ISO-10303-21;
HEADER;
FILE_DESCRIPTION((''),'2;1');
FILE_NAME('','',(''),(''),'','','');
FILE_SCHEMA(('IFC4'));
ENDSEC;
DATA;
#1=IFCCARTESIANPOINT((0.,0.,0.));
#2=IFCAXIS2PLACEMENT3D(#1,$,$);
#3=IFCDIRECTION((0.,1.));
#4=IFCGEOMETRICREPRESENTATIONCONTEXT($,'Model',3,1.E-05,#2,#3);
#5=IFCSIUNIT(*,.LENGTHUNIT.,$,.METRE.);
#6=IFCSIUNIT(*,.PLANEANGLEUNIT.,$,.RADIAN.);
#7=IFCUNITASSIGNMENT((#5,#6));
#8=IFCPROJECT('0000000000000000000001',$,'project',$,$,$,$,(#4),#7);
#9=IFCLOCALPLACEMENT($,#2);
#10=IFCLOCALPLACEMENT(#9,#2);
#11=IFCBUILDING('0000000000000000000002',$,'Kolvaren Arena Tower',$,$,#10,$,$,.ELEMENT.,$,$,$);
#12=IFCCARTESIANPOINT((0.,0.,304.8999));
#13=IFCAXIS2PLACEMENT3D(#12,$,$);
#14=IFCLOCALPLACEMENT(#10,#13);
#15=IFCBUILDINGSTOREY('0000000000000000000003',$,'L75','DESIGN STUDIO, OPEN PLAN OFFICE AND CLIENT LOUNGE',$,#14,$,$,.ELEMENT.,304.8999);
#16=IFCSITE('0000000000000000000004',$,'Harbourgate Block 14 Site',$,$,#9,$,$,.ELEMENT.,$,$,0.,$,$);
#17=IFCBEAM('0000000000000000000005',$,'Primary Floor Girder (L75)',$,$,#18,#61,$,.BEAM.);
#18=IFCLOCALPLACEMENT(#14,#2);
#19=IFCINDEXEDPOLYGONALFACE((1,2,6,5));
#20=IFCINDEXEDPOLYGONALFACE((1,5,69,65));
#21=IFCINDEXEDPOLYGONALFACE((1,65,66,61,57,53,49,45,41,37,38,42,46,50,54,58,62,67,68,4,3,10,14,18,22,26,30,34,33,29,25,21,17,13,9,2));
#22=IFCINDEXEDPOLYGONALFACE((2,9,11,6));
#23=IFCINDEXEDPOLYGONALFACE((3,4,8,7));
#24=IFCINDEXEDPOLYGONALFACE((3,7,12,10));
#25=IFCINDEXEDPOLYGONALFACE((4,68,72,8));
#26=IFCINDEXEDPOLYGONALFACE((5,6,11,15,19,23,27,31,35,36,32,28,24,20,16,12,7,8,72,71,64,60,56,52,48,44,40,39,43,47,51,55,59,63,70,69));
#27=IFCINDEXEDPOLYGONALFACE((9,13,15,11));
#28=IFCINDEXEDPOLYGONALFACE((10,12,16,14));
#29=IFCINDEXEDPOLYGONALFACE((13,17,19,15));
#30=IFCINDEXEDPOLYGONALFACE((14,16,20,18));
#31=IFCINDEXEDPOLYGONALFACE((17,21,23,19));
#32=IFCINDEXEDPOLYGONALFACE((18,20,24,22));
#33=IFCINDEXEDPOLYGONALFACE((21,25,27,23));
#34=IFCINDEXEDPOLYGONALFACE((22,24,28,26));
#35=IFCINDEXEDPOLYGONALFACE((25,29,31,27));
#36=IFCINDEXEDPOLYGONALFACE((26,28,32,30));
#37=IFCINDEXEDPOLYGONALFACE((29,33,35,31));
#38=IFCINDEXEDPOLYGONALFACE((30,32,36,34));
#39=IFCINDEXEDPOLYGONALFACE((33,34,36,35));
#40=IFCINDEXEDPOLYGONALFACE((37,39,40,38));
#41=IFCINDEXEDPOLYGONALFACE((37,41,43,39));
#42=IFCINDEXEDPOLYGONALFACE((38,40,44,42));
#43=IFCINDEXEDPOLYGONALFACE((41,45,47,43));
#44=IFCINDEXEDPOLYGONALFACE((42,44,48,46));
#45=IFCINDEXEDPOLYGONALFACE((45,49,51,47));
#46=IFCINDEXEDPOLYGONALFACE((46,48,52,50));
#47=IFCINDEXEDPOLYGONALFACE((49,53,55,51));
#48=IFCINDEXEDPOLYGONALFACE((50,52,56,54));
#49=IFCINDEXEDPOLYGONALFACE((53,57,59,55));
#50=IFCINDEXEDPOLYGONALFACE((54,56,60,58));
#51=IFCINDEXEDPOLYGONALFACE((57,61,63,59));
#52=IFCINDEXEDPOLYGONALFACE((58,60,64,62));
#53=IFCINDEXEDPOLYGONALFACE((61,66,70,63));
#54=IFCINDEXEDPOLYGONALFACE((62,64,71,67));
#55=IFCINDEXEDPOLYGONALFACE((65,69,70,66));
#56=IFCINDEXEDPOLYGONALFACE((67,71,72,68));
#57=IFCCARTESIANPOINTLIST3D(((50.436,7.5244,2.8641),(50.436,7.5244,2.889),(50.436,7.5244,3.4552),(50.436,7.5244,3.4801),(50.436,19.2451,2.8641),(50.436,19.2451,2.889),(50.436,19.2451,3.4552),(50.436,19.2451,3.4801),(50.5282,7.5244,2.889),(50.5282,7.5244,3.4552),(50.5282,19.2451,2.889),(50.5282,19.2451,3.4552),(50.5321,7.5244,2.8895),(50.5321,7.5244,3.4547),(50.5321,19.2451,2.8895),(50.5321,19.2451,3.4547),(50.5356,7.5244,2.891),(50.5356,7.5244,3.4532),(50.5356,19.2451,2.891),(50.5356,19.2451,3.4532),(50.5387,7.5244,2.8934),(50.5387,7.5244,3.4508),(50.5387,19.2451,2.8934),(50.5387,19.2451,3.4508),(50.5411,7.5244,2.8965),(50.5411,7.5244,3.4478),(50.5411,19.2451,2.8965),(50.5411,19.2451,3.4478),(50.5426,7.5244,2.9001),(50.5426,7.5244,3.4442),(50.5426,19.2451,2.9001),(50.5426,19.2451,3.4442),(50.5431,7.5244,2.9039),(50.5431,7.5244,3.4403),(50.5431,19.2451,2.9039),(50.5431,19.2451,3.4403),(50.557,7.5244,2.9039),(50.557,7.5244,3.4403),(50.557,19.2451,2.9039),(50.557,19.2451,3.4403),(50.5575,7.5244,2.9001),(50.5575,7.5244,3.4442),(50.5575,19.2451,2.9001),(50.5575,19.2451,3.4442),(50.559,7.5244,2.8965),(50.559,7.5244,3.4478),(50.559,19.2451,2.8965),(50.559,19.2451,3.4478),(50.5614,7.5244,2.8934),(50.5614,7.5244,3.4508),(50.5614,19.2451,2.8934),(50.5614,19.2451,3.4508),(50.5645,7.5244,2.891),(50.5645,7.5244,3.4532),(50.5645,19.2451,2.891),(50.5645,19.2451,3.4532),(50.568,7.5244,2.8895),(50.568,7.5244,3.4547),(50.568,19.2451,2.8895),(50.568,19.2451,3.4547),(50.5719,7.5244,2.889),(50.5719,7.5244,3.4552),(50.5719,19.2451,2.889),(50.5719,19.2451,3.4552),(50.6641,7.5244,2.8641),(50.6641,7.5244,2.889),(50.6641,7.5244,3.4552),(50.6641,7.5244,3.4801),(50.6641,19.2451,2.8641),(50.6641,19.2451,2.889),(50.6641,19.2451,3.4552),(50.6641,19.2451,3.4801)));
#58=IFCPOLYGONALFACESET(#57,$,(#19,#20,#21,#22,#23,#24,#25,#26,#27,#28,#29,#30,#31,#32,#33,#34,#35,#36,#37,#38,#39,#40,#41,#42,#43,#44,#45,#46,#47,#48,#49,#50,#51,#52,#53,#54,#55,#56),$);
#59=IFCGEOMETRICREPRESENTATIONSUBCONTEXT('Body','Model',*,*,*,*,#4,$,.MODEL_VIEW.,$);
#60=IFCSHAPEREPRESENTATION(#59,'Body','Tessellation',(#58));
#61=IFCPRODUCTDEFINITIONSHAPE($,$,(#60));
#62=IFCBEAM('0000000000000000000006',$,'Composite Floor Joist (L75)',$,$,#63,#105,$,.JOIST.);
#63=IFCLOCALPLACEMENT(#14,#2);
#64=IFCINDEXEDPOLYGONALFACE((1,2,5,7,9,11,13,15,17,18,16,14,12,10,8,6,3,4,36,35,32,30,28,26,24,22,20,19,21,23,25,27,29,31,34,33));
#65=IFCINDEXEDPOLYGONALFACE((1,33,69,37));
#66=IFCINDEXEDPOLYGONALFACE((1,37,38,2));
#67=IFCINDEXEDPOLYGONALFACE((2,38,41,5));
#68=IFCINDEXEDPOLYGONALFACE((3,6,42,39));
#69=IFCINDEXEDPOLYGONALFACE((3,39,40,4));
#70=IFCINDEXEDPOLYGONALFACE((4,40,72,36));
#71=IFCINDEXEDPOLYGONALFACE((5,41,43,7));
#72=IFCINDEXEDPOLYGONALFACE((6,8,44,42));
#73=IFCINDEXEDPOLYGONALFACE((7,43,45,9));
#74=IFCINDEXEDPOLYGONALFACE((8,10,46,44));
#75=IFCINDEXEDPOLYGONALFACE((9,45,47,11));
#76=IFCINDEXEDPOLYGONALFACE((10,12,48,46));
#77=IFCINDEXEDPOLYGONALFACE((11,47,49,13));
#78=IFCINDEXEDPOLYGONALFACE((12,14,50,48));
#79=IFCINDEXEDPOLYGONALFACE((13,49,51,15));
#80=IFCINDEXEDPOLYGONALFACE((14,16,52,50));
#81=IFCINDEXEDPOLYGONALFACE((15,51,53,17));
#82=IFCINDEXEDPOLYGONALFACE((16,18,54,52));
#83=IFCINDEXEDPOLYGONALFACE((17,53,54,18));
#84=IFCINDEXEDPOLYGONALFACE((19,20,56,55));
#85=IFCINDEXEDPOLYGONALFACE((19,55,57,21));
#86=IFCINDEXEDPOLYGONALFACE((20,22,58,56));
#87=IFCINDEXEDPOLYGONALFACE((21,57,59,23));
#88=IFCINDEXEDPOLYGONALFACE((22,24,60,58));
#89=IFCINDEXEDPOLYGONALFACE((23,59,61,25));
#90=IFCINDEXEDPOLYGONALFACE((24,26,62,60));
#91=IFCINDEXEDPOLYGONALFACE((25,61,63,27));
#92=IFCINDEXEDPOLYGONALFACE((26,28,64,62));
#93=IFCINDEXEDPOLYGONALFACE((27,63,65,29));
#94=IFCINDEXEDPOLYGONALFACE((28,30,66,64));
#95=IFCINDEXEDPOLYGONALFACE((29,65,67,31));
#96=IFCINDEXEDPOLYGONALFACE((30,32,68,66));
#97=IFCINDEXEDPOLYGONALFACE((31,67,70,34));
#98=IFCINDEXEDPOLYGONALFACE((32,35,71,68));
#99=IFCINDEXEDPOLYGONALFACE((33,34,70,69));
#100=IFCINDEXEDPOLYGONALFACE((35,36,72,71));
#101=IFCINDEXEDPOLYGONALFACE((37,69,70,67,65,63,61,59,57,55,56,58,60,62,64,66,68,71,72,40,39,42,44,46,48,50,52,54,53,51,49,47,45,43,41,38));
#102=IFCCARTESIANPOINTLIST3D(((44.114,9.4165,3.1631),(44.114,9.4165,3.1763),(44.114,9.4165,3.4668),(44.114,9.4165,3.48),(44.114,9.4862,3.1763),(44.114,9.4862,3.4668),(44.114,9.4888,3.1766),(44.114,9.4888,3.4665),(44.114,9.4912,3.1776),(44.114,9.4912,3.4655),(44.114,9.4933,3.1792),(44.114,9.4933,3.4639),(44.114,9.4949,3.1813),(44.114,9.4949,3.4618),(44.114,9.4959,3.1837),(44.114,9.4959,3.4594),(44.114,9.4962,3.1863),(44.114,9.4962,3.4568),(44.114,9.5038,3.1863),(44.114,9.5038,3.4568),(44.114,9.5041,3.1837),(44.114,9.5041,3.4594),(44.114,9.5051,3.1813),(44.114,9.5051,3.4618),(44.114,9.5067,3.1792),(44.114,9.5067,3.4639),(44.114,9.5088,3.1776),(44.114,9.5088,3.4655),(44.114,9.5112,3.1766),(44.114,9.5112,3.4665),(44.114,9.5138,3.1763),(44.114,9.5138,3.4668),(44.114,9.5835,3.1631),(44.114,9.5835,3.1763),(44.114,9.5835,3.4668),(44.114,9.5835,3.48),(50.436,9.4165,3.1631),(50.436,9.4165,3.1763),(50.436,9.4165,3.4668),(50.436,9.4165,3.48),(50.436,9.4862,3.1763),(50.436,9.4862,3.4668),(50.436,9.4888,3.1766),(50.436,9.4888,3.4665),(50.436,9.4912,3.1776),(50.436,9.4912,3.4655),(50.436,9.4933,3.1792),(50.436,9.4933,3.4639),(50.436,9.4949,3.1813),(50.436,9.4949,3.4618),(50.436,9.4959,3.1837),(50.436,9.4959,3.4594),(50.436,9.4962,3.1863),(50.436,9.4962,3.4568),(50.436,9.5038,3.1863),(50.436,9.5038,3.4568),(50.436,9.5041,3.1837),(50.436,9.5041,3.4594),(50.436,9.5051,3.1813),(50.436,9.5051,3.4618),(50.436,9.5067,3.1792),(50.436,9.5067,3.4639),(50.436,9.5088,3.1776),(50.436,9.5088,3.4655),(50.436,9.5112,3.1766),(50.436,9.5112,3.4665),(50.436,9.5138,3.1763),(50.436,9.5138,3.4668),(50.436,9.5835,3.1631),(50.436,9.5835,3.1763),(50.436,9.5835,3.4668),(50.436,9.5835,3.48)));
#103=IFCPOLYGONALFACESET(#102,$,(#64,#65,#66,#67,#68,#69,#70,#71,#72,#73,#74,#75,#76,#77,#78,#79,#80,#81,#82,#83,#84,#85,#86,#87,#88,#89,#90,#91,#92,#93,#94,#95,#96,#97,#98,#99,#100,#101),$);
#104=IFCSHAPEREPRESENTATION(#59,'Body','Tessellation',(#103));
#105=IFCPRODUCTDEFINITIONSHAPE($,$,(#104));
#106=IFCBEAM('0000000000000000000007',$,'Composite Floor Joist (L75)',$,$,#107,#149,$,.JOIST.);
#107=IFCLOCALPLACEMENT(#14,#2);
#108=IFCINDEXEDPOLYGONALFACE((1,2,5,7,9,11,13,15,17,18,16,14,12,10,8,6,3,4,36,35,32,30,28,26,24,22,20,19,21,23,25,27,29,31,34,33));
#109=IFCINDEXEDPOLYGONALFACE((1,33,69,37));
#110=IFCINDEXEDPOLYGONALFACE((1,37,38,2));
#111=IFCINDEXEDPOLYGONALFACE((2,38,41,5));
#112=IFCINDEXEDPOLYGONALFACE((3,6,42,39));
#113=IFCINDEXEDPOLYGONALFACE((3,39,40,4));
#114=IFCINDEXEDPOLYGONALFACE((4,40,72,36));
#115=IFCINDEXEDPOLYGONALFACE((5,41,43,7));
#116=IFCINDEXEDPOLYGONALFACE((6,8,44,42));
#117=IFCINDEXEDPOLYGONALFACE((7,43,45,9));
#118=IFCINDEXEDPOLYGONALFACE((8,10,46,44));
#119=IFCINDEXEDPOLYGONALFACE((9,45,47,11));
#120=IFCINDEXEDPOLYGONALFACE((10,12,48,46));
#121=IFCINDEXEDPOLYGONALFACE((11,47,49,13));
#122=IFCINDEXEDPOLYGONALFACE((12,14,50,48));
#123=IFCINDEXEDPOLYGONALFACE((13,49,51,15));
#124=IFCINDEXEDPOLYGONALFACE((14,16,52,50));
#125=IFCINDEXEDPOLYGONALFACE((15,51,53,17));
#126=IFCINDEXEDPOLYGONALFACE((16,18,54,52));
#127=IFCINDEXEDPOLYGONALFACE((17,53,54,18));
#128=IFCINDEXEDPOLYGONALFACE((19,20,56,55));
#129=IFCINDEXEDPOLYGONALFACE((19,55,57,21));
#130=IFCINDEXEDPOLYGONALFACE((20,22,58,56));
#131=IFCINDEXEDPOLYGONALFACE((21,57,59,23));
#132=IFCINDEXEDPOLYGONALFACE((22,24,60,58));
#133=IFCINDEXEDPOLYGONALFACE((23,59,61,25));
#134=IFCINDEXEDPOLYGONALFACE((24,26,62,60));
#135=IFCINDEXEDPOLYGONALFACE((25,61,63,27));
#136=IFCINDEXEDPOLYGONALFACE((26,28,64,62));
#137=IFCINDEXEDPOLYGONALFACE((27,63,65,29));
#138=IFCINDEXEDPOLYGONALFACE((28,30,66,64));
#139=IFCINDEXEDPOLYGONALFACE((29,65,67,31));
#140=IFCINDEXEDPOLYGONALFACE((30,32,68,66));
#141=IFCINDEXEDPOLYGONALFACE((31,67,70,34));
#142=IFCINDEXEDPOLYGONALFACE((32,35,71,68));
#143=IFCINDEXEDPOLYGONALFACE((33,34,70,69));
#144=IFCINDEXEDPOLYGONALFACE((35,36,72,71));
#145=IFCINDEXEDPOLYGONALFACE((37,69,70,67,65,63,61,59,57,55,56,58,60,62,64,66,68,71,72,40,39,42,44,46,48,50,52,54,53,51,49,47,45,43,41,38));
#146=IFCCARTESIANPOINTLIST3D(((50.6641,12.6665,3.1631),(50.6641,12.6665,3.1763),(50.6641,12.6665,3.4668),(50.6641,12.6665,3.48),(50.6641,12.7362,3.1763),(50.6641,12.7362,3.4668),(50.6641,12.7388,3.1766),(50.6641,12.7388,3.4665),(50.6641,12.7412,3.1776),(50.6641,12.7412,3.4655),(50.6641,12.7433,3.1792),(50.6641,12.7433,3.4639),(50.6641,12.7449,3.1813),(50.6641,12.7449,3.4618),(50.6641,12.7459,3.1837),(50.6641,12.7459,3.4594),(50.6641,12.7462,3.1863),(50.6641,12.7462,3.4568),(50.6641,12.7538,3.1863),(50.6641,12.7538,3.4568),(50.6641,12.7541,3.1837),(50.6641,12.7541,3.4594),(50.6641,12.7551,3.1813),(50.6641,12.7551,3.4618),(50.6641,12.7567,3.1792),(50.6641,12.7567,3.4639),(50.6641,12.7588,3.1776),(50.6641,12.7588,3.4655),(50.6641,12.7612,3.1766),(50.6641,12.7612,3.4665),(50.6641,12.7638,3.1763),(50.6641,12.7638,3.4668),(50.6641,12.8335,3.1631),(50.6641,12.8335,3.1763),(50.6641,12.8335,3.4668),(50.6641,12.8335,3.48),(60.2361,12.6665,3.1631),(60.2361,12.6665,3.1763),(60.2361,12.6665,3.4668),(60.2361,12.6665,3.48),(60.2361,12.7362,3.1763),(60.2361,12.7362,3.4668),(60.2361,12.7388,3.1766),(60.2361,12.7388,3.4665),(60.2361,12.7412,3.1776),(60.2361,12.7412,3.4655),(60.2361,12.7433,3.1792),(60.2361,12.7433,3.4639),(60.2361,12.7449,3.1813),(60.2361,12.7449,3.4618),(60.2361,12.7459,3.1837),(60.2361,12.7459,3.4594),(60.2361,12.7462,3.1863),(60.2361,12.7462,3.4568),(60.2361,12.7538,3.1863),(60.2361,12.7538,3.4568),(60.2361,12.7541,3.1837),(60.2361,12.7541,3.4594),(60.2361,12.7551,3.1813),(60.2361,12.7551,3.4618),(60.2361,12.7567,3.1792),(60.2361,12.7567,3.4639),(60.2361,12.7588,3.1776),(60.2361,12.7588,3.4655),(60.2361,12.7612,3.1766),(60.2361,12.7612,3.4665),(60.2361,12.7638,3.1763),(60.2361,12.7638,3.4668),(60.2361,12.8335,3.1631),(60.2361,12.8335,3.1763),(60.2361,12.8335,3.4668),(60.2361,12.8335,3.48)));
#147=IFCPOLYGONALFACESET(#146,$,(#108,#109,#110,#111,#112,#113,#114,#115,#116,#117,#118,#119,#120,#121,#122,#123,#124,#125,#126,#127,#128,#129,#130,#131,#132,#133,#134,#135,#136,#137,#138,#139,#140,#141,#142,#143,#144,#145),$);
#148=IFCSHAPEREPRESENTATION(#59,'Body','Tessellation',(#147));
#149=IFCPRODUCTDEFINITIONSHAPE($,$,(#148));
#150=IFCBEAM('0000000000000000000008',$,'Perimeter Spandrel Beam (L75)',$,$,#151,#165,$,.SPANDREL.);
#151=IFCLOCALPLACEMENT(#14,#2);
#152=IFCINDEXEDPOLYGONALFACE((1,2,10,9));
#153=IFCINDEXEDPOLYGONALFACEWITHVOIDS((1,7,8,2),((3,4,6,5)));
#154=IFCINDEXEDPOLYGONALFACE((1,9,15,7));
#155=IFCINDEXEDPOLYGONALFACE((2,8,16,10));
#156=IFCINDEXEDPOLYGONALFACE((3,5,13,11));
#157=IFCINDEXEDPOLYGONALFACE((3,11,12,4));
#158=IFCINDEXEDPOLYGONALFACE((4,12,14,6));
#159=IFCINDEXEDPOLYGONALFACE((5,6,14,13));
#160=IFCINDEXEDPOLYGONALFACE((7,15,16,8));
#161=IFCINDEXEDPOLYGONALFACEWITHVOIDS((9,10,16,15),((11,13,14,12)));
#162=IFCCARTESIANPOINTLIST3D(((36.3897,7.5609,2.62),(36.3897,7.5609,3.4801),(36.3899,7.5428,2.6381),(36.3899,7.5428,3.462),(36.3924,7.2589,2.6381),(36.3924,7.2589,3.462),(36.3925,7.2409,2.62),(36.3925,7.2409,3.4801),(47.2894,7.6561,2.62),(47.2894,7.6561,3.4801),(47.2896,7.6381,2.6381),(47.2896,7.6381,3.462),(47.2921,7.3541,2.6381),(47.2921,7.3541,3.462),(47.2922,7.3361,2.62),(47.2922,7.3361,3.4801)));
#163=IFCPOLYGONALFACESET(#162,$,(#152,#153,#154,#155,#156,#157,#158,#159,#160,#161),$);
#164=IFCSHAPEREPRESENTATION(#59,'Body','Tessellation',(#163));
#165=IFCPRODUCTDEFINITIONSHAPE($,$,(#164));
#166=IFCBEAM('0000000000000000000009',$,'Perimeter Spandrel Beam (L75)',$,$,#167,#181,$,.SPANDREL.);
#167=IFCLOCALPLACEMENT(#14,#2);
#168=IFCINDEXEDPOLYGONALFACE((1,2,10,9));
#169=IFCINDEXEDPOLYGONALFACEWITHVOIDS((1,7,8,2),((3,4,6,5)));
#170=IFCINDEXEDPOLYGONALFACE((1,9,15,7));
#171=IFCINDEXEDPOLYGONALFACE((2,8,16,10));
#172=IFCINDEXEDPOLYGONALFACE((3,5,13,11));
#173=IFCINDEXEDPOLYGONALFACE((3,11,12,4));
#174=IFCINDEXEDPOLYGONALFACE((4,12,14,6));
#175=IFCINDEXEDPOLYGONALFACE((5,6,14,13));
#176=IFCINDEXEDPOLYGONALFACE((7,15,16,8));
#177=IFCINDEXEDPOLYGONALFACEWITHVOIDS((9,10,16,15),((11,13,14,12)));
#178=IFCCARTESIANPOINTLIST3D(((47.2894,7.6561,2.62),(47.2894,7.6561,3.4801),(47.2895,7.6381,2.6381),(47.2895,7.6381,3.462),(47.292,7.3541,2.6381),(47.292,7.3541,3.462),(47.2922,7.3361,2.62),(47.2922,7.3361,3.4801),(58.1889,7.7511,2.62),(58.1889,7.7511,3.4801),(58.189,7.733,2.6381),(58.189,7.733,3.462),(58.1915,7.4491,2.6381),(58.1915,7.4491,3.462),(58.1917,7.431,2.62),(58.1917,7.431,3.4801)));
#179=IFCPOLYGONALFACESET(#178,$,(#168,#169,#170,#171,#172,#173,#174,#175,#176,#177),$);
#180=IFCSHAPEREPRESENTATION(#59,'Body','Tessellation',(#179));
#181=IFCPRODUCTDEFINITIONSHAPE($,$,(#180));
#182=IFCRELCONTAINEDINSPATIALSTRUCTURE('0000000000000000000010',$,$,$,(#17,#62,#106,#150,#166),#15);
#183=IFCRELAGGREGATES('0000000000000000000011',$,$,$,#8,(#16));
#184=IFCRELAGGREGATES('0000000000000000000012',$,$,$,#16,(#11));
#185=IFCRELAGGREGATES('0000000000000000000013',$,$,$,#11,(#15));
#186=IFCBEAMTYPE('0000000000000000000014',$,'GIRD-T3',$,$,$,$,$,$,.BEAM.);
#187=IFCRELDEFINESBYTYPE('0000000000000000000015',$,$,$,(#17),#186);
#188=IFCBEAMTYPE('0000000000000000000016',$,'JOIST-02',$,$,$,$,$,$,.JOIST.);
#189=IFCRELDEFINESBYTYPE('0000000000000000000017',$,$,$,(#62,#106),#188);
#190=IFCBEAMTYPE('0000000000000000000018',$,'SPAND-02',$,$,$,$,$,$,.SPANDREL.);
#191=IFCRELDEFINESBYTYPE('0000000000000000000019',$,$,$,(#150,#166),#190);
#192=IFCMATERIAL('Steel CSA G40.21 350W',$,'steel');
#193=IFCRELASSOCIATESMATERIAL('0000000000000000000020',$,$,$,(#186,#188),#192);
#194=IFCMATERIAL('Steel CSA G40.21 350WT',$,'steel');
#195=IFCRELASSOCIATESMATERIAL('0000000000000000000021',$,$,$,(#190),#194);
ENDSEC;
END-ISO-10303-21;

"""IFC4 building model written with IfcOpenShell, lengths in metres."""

from ifc_helpers import new_model, si_unit, direction, frame, origin, origin_2d, place, context, subcontext, project, spatial, hollow_rectangle, i_section, extrude, material, material_profile, profile_set, type_object, element, save


model = new_model("IFC4")

# Units and contexts
model_context = context("Model", 3, precision=1e-05, world=origin(), true_north=direction((0.0, 1.0)))
body_context = subcontext(model_context, "Body", "Model", "MODEL_VIEW")
ifc_project = project(units=[si_unit("LENGTHUNIT", "METRE"), si_unit("PLANEANGLEUNIT", "RADIAN")], contexts=[model_context])

# Site, building, storey
site_placement = place(None, origin())
site = spatial("IfcSite", under=ifc_project, at=site_placement, Name="Harbourgate Block 14 Site", CompositionType="ELEMENT", RefElevation=0.0)
building_placement = place(site_placement, origin())
building = spatial("IfcBuilding", under=site, at=building_placement, Name="Kolvaren Arena Tower", CompositionType="ELEMENT")
storey_placement = place(building_placement, frame((0.0, 0.0, 304.8999)))
storey = spatial("IfcBuildingStorey", under=building, at=storey_placement, Name="L75", Description="DESIGN STUDIO, OPEN PLAN OFFICE AND CLIENT LOUNGE", CompositionType="ELEMENT", Elevation=304.8999)

# Beams
ifc_material_1 = material(Name="Steel CSA G40.21 350W", Category="steel")
ifc_material_profile_1 = material_profile(ifc_material_1, i_section(OverallWidth=0.228, OverallDepth=0.616, WebThickness=0.0139, FlangeThickness=0.0249, FilletRadius=0.0149, at=origin_2d()), Name="W610x174")
ifc_profile_set_1 = profile_set([ifc_material_profile_1], Name="Steel CSA G40.21 350W")
beam_type_1 = type_object("IfcBeamType", Name="GIRD-T3", PredefinedType="BEAM", material=ifc_profile_set_1)
beam_1_placement = place(storey_placement, frame((50.55, 7.5244, 3.1721), z_axis=(0.0, 1.0, 0.0), x_axis=(-1.0, 0.0, 0.0)))
element("IfcBeam", 1, at=beam_1_placement, inside=storey, type_object=beam_type_1, Name="Primary Floor Girder (L75)", PredefinedType="BEAM", context=body_context, shape_type="SweptSolid", body=[
    extrude(i_section(OverallWidth=0.228, OverallDepth=0.616, WebThickness=0.0139, FlangeThickness=0.0249, FilletRadius=0.0149, at=origin_2d()), origin(), (0.0, 0.0, 1.0), 11.7207),
])
ifc_material_profile_2 = material_profile(ifc_material_1, i_section(OverallWidth=0.167, OverallDepth=0.3169, WebThickness=0.0076, FlangeThickness=0.0132, FilletRadius=0.01, at=origin_2d()), Name="W310x52")
ifc_profile_set_2 = profile_set([ifc_material_profile_2], Name="Steel CSA G40.21 350W")
beam_type_2 = type_object("IfcBeamType", Name="JOIST-02", PredefinedType="JOIST", material=ifc_profile_set_2)
beam_2_placement = place(storey_placement, frame((44.114, 9.5, 3.3215), z_axis=(1.0, 0.0, 0.0), x_axis=(0.0, 1.0, 0.0)))
element("IfcBeam", 2, at=beam_2_placement, inside=storey, type_object=beam_type_2, Name="Composite Floor Joist (L75)", PredefinedType="JOIST", context=body_context, shape_type="SweptSolid", body=[
    extrude(i_section(OverallWidth=0.167, OverallDepth=0.3169, WebThickness=0.0076, FlangeThickness=0.0132, FilletRadius=0.01, at=origin_2d()), origin(), (0.0, 0.0, 1.0), 6.322),
])
beam_3_placement = place(storey_placement, frame((50.6641, 12.75, 3.3215), z_axis=(1.0, 0.0, 0.0), x_axis=(0.0, 1.0, 0.0)))
element("IfcBeam", 3, at=beam_3_placement, inside=storey, type_object=beam_type_2, Name="Composite Floor Joist (L75)", PredefinedType="JOIST", context=body_context, shape_type="SweptSolid", body=[
    extrude(i_section(OverallWidth=0.167, OverallDepth=0.3169, WebThickness=0.0076, FlangeThickness=0.0132, FilletRadius=0.01, at=origin_2d()), origin(), (0.0, 0.0, 1.0), 9.572),
])
ifc_material_2 = material(Name="Steel CSA G40.21 350WT", Category="steel")
ifc_material_profile_3 = material_profile(ifc_material_2, hollow_rectangle(XDim=0.3201, YDim=0.8601, WallThickness=0.0181, at=origin_2d()), Name="HSS 860x320x18")
ifc_profile_set_3 = profile_set([ifc_material_profile_3], Name="Steel CSA G40.21 350WT")
beam_type_3 = type_object("IfcBeamType", Name="SPAND-02", PredefinedType="SPANDREL", material=ifc_profile_set_3)
beam_4_placement = place(storey_placement, frame((36.3911, 7.4009, 3.05), z_axis=(0.999962, 0.008735, 0.0), x_axis=(-0.008735, 0.999962, 0.0)))
element("IfcBeam", 4, at=beam_4_placement, inside=storey, type_object=beam_type_3, Name="Perimeter Spandrel Beam (L75)", PredefinedType="SPANDREL", context=body_context, shape_type="SweptSolid", body=[
    extrude(hollow_rectangle(XDim=0.3201, YDim=0.8601, WallThickness=0.0181, at=origin_2d()), origin(), (0.0, 0.0, 1.0), 10.9001),
])
beam_5_placement = place(storey_placement, frame((47.2908, 7.4961, 3.05), z_axis=(0.999962, 0.008713, 0.0), x_axis=(-0.008713, 0.999962, 0.0)))
element("IfcBeam", 5, at=beam_5_placement, inside=storey, type_object=beam_type_3, Name="Perimeter Spandrel Beam (L75)", PredefinedType="SPANDREL", context=body_context, shape_type="SweptSolid", body=[
    extrude(hollow_rectangle(XDim=0.3201, YDim=0.8601, WallThickness=0.0181, at=origin_2d()), origin(), (0.0, 0.0, 1.0), 10.8999),
])

save(model, "model.ifc")
